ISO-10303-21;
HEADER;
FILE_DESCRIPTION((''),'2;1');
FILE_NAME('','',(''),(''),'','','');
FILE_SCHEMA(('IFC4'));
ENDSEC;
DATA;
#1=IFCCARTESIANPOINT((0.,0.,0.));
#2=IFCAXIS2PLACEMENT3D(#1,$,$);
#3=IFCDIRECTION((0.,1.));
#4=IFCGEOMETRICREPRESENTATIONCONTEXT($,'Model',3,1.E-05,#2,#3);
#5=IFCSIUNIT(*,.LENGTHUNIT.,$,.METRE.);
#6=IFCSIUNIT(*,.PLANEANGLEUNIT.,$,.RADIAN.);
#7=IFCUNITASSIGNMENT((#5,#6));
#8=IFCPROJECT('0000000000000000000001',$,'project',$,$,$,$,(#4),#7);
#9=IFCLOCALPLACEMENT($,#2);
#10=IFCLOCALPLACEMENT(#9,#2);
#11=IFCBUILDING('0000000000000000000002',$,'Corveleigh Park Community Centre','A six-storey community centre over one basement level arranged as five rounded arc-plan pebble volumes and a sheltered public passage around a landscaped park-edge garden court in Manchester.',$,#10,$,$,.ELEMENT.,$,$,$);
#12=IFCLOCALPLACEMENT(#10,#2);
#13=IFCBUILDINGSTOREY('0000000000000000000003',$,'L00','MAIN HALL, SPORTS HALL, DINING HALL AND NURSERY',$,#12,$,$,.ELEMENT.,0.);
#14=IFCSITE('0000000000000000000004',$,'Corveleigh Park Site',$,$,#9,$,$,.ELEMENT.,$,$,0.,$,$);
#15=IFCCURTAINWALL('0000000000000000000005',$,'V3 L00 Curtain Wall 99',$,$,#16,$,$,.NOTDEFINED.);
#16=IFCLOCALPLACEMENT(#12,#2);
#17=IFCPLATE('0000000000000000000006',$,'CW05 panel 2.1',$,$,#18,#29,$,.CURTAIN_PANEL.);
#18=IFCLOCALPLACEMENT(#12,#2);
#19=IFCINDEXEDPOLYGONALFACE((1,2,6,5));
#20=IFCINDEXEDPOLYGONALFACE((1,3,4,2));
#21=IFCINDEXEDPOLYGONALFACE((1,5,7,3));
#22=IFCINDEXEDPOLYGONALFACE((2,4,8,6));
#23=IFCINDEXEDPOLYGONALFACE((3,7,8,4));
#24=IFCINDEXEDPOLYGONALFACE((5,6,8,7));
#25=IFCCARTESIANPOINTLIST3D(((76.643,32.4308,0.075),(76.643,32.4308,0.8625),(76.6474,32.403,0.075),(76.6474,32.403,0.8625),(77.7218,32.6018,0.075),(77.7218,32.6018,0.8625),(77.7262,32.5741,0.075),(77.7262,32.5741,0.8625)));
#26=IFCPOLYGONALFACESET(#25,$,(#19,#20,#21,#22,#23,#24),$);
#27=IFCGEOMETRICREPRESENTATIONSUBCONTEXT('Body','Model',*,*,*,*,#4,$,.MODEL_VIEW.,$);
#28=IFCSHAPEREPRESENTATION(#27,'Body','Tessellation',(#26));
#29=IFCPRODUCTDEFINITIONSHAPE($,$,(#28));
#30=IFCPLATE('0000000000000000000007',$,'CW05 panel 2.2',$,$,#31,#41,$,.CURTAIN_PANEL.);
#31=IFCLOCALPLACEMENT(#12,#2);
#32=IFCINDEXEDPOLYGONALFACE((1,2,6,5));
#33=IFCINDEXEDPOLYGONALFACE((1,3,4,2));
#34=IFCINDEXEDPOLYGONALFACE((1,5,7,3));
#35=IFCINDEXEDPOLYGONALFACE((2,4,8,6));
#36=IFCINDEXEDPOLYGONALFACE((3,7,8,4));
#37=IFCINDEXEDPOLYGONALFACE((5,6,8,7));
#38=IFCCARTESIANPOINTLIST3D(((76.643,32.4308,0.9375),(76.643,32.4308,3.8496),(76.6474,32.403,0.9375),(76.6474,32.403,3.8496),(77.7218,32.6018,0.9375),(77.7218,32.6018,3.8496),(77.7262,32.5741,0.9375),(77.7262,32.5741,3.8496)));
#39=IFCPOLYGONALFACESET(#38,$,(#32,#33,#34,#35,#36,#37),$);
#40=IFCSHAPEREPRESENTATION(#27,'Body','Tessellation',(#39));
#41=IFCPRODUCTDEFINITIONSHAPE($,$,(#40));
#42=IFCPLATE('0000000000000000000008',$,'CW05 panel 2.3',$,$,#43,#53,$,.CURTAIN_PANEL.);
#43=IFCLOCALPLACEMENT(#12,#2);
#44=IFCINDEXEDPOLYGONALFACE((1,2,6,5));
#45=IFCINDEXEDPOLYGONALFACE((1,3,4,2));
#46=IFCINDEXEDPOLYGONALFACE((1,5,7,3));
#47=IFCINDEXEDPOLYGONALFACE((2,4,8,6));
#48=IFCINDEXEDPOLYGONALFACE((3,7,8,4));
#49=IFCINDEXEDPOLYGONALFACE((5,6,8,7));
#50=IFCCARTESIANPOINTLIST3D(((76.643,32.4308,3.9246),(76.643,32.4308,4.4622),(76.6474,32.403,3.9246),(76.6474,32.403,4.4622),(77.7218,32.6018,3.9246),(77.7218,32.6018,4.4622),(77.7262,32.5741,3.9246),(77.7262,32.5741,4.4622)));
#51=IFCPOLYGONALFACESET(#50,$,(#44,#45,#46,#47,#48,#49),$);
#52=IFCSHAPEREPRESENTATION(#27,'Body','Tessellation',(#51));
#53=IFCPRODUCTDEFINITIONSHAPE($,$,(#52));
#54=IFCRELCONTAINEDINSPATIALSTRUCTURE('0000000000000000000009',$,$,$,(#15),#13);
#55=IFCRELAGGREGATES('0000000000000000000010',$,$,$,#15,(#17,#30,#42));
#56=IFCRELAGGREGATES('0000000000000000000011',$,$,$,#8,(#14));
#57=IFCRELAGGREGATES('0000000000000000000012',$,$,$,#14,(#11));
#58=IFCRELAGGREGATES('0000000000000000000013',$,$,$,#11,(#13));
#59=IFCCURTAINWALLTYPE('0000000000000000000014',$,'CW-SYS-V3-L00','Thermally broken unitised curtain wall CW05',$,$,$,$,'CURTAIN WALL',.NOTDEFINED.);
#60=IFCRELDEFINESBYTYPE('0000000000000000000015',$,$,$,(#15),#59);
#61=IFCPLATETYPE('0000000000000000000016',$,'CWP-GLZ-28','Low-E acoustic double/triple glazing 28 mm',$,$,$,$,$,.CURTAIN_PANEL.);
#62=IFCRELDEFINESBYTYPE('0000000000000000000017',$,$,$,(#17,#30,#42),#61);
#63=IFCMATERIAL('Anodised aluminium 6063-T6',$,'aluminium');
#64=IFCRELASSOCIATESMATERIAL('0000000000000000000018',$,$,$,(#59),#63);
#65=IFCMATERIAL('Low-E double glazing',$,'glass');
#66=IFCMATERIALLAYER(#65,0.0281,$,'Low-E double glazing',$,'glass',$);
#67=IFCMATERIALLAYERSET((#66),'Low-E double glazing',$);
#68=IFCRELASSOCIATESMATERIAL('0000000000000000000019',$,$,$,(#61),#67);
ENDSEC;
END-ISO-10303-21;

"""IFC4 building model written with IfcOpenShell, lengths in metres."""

from ifc_helpers import new_model, si_unit, direction, frame, origin, origin_2d, place, context, subcontext, project, spatial, rectangle, extrude, material, layer, layer_set, type_object, element, aggregate, save


model = new_model("IFC4")

# Units and contexts
model_context = context("Model", 3, precision=1e-05, world=origin(), true_north=direction((0.0, 1.0)))
body_context = subcontext(model_context, "Body", "Model", "MODEL_VIEW")
ifc_project = project(units=[si_unit("LENGTHUNIT", "METRE"), si_unit("PLANEANGLEUNIT", "RADIAN")], contexts=[model_context])

# Site, building, storey
site_placement = place(None, origin())
site = spatial("IfcSite", under=ifc_project, at=site_placement, Name="Corveleigh Park Site", CompositionType="ELEMENT", RefElevation=0.0)
building_placement = place(site_placement, origin())
building = spatial("IfcBuilding", under=site, at=building_placement, Name="Corveleigh Park Community Centre", Description="A six-storey community centre over one basement level arranged as five rounded arc-plan pebble volumes and a sheltered public passage around a landscaped park-edge garden court in Manchester.", CompositionType="ELEMENT")
storey_placement = place(building_placement, origin())
storey = spatial("IfcBuildingStorey", under=building, at=storey_placement, Name="L00", Description="MAIN HALL, SPORTS HALL, DINING HALL AND NURSERY", CompositionType="ELEMENT", Elevation=0.0)

# Curtain wall
ifc_material_1 = material(Name="Anodised aluminium 6063-T6", Category="aluminium")
curtain_wall_type = type_object("IfcCurtainWallType", Name="CW-SYS-V3-L00", Description="Thermally broken unitised curtain wall CW05", ElementType="CURTAIN WALL", PredefinedType="NOTDEFINED", material=ifc_material_1)
curtain_wall_1_placement = place(storey_placement, origin())
curtain_wall_1 = element("IfcCurtainWall", 1, at=curtain_wall_1_placement, inside=storey, type_object=curtain_wall_type, Name="V3 L00 Curtain Wall 99", PredefinedType="NOTDEFINED")

# Plates
ifc_material_2 = material(Name="Low-E double glazing", Category="glass")
ifc_layer_1 = layer(ifc_material_2, 0.0281, Name="Low-E double glazing", Category="glass")
ifc_layer_set_1 = layer_set([ifc_layer_1], Name="Low-E double glazing")
plate_type_1 = type_object("IfcPlateType", Name="CWP-GLZ-28", Description="Low-E acoustic double/triple glazing 28 mm", PredefinedType="CURTAIN_PANEL", material=ifc_layer_set_1)
plate_1_placement = place(storey_placement, frame((77.1846, 32.5024, 0.075), z_axis=(0.0, 0.0, 1.0), x_axis=(0.987661, 0.156606, 0.0)))
plate_1 = element("IfcPlate", 2, at=plate_1_placement, type_object=plate_type_1, Name="CW05 panel 2.1", PredefinedType="CURTAIN_PANEL", context=body_context, shape_type="SweptSolid", body=[
    extrude(rectangle(XDim=1.0923, YDim=0.0281, at=origin_2d()), origin(), (0.0, 0.0, 1.0), 0.7876),
])
plate_2_placement = place(storey_placement, frame((77.1846, 32.5024, 0.9375), z_axis=(0.0, 0.0, 1.0), x_axis=(0.987661, 0.156606, 0.0)))
plate_2 = element("IfcPlate", 3, at=plate_2_placement, type_object=plate_type_1, Name="CW05 panel 2.2", PredefinedType="CURTAIN_PANEL", context=body_context, shape_type="SweptSolid", body=[
    extrude(rectangle(XDim=1.0923, YDim=0.0281, at=origin_2d()), origin(), (0.0, 0.0, 1.0), 2.9121),
])
plate_3_placement = place(storey_placement, frame((77.1846, 32.5024, 3.9246), z_axis=(0.0, 0.0, 1.0), x_axis=(0.987661, 0.156606, 0.0)))
plate_3 = element("IfcPlate", 4, at=plate_3_placement, type_object=plate_type_1, Name="CW05 panel 2.3", PredefinedType="CURTAIN_PANEL", context=body_context, shape_type="SweptSolid", body=[
    extrude(rectangle(XDim=1.0923, YDim=0.0281, at=origin_2d()), origin(), (0.0, 0.0, 1.0), 0.5376),
])
aggregate(curtain_wall_1, [plate_1, plate_2, plate_3])

save(model, "model.ifc")
